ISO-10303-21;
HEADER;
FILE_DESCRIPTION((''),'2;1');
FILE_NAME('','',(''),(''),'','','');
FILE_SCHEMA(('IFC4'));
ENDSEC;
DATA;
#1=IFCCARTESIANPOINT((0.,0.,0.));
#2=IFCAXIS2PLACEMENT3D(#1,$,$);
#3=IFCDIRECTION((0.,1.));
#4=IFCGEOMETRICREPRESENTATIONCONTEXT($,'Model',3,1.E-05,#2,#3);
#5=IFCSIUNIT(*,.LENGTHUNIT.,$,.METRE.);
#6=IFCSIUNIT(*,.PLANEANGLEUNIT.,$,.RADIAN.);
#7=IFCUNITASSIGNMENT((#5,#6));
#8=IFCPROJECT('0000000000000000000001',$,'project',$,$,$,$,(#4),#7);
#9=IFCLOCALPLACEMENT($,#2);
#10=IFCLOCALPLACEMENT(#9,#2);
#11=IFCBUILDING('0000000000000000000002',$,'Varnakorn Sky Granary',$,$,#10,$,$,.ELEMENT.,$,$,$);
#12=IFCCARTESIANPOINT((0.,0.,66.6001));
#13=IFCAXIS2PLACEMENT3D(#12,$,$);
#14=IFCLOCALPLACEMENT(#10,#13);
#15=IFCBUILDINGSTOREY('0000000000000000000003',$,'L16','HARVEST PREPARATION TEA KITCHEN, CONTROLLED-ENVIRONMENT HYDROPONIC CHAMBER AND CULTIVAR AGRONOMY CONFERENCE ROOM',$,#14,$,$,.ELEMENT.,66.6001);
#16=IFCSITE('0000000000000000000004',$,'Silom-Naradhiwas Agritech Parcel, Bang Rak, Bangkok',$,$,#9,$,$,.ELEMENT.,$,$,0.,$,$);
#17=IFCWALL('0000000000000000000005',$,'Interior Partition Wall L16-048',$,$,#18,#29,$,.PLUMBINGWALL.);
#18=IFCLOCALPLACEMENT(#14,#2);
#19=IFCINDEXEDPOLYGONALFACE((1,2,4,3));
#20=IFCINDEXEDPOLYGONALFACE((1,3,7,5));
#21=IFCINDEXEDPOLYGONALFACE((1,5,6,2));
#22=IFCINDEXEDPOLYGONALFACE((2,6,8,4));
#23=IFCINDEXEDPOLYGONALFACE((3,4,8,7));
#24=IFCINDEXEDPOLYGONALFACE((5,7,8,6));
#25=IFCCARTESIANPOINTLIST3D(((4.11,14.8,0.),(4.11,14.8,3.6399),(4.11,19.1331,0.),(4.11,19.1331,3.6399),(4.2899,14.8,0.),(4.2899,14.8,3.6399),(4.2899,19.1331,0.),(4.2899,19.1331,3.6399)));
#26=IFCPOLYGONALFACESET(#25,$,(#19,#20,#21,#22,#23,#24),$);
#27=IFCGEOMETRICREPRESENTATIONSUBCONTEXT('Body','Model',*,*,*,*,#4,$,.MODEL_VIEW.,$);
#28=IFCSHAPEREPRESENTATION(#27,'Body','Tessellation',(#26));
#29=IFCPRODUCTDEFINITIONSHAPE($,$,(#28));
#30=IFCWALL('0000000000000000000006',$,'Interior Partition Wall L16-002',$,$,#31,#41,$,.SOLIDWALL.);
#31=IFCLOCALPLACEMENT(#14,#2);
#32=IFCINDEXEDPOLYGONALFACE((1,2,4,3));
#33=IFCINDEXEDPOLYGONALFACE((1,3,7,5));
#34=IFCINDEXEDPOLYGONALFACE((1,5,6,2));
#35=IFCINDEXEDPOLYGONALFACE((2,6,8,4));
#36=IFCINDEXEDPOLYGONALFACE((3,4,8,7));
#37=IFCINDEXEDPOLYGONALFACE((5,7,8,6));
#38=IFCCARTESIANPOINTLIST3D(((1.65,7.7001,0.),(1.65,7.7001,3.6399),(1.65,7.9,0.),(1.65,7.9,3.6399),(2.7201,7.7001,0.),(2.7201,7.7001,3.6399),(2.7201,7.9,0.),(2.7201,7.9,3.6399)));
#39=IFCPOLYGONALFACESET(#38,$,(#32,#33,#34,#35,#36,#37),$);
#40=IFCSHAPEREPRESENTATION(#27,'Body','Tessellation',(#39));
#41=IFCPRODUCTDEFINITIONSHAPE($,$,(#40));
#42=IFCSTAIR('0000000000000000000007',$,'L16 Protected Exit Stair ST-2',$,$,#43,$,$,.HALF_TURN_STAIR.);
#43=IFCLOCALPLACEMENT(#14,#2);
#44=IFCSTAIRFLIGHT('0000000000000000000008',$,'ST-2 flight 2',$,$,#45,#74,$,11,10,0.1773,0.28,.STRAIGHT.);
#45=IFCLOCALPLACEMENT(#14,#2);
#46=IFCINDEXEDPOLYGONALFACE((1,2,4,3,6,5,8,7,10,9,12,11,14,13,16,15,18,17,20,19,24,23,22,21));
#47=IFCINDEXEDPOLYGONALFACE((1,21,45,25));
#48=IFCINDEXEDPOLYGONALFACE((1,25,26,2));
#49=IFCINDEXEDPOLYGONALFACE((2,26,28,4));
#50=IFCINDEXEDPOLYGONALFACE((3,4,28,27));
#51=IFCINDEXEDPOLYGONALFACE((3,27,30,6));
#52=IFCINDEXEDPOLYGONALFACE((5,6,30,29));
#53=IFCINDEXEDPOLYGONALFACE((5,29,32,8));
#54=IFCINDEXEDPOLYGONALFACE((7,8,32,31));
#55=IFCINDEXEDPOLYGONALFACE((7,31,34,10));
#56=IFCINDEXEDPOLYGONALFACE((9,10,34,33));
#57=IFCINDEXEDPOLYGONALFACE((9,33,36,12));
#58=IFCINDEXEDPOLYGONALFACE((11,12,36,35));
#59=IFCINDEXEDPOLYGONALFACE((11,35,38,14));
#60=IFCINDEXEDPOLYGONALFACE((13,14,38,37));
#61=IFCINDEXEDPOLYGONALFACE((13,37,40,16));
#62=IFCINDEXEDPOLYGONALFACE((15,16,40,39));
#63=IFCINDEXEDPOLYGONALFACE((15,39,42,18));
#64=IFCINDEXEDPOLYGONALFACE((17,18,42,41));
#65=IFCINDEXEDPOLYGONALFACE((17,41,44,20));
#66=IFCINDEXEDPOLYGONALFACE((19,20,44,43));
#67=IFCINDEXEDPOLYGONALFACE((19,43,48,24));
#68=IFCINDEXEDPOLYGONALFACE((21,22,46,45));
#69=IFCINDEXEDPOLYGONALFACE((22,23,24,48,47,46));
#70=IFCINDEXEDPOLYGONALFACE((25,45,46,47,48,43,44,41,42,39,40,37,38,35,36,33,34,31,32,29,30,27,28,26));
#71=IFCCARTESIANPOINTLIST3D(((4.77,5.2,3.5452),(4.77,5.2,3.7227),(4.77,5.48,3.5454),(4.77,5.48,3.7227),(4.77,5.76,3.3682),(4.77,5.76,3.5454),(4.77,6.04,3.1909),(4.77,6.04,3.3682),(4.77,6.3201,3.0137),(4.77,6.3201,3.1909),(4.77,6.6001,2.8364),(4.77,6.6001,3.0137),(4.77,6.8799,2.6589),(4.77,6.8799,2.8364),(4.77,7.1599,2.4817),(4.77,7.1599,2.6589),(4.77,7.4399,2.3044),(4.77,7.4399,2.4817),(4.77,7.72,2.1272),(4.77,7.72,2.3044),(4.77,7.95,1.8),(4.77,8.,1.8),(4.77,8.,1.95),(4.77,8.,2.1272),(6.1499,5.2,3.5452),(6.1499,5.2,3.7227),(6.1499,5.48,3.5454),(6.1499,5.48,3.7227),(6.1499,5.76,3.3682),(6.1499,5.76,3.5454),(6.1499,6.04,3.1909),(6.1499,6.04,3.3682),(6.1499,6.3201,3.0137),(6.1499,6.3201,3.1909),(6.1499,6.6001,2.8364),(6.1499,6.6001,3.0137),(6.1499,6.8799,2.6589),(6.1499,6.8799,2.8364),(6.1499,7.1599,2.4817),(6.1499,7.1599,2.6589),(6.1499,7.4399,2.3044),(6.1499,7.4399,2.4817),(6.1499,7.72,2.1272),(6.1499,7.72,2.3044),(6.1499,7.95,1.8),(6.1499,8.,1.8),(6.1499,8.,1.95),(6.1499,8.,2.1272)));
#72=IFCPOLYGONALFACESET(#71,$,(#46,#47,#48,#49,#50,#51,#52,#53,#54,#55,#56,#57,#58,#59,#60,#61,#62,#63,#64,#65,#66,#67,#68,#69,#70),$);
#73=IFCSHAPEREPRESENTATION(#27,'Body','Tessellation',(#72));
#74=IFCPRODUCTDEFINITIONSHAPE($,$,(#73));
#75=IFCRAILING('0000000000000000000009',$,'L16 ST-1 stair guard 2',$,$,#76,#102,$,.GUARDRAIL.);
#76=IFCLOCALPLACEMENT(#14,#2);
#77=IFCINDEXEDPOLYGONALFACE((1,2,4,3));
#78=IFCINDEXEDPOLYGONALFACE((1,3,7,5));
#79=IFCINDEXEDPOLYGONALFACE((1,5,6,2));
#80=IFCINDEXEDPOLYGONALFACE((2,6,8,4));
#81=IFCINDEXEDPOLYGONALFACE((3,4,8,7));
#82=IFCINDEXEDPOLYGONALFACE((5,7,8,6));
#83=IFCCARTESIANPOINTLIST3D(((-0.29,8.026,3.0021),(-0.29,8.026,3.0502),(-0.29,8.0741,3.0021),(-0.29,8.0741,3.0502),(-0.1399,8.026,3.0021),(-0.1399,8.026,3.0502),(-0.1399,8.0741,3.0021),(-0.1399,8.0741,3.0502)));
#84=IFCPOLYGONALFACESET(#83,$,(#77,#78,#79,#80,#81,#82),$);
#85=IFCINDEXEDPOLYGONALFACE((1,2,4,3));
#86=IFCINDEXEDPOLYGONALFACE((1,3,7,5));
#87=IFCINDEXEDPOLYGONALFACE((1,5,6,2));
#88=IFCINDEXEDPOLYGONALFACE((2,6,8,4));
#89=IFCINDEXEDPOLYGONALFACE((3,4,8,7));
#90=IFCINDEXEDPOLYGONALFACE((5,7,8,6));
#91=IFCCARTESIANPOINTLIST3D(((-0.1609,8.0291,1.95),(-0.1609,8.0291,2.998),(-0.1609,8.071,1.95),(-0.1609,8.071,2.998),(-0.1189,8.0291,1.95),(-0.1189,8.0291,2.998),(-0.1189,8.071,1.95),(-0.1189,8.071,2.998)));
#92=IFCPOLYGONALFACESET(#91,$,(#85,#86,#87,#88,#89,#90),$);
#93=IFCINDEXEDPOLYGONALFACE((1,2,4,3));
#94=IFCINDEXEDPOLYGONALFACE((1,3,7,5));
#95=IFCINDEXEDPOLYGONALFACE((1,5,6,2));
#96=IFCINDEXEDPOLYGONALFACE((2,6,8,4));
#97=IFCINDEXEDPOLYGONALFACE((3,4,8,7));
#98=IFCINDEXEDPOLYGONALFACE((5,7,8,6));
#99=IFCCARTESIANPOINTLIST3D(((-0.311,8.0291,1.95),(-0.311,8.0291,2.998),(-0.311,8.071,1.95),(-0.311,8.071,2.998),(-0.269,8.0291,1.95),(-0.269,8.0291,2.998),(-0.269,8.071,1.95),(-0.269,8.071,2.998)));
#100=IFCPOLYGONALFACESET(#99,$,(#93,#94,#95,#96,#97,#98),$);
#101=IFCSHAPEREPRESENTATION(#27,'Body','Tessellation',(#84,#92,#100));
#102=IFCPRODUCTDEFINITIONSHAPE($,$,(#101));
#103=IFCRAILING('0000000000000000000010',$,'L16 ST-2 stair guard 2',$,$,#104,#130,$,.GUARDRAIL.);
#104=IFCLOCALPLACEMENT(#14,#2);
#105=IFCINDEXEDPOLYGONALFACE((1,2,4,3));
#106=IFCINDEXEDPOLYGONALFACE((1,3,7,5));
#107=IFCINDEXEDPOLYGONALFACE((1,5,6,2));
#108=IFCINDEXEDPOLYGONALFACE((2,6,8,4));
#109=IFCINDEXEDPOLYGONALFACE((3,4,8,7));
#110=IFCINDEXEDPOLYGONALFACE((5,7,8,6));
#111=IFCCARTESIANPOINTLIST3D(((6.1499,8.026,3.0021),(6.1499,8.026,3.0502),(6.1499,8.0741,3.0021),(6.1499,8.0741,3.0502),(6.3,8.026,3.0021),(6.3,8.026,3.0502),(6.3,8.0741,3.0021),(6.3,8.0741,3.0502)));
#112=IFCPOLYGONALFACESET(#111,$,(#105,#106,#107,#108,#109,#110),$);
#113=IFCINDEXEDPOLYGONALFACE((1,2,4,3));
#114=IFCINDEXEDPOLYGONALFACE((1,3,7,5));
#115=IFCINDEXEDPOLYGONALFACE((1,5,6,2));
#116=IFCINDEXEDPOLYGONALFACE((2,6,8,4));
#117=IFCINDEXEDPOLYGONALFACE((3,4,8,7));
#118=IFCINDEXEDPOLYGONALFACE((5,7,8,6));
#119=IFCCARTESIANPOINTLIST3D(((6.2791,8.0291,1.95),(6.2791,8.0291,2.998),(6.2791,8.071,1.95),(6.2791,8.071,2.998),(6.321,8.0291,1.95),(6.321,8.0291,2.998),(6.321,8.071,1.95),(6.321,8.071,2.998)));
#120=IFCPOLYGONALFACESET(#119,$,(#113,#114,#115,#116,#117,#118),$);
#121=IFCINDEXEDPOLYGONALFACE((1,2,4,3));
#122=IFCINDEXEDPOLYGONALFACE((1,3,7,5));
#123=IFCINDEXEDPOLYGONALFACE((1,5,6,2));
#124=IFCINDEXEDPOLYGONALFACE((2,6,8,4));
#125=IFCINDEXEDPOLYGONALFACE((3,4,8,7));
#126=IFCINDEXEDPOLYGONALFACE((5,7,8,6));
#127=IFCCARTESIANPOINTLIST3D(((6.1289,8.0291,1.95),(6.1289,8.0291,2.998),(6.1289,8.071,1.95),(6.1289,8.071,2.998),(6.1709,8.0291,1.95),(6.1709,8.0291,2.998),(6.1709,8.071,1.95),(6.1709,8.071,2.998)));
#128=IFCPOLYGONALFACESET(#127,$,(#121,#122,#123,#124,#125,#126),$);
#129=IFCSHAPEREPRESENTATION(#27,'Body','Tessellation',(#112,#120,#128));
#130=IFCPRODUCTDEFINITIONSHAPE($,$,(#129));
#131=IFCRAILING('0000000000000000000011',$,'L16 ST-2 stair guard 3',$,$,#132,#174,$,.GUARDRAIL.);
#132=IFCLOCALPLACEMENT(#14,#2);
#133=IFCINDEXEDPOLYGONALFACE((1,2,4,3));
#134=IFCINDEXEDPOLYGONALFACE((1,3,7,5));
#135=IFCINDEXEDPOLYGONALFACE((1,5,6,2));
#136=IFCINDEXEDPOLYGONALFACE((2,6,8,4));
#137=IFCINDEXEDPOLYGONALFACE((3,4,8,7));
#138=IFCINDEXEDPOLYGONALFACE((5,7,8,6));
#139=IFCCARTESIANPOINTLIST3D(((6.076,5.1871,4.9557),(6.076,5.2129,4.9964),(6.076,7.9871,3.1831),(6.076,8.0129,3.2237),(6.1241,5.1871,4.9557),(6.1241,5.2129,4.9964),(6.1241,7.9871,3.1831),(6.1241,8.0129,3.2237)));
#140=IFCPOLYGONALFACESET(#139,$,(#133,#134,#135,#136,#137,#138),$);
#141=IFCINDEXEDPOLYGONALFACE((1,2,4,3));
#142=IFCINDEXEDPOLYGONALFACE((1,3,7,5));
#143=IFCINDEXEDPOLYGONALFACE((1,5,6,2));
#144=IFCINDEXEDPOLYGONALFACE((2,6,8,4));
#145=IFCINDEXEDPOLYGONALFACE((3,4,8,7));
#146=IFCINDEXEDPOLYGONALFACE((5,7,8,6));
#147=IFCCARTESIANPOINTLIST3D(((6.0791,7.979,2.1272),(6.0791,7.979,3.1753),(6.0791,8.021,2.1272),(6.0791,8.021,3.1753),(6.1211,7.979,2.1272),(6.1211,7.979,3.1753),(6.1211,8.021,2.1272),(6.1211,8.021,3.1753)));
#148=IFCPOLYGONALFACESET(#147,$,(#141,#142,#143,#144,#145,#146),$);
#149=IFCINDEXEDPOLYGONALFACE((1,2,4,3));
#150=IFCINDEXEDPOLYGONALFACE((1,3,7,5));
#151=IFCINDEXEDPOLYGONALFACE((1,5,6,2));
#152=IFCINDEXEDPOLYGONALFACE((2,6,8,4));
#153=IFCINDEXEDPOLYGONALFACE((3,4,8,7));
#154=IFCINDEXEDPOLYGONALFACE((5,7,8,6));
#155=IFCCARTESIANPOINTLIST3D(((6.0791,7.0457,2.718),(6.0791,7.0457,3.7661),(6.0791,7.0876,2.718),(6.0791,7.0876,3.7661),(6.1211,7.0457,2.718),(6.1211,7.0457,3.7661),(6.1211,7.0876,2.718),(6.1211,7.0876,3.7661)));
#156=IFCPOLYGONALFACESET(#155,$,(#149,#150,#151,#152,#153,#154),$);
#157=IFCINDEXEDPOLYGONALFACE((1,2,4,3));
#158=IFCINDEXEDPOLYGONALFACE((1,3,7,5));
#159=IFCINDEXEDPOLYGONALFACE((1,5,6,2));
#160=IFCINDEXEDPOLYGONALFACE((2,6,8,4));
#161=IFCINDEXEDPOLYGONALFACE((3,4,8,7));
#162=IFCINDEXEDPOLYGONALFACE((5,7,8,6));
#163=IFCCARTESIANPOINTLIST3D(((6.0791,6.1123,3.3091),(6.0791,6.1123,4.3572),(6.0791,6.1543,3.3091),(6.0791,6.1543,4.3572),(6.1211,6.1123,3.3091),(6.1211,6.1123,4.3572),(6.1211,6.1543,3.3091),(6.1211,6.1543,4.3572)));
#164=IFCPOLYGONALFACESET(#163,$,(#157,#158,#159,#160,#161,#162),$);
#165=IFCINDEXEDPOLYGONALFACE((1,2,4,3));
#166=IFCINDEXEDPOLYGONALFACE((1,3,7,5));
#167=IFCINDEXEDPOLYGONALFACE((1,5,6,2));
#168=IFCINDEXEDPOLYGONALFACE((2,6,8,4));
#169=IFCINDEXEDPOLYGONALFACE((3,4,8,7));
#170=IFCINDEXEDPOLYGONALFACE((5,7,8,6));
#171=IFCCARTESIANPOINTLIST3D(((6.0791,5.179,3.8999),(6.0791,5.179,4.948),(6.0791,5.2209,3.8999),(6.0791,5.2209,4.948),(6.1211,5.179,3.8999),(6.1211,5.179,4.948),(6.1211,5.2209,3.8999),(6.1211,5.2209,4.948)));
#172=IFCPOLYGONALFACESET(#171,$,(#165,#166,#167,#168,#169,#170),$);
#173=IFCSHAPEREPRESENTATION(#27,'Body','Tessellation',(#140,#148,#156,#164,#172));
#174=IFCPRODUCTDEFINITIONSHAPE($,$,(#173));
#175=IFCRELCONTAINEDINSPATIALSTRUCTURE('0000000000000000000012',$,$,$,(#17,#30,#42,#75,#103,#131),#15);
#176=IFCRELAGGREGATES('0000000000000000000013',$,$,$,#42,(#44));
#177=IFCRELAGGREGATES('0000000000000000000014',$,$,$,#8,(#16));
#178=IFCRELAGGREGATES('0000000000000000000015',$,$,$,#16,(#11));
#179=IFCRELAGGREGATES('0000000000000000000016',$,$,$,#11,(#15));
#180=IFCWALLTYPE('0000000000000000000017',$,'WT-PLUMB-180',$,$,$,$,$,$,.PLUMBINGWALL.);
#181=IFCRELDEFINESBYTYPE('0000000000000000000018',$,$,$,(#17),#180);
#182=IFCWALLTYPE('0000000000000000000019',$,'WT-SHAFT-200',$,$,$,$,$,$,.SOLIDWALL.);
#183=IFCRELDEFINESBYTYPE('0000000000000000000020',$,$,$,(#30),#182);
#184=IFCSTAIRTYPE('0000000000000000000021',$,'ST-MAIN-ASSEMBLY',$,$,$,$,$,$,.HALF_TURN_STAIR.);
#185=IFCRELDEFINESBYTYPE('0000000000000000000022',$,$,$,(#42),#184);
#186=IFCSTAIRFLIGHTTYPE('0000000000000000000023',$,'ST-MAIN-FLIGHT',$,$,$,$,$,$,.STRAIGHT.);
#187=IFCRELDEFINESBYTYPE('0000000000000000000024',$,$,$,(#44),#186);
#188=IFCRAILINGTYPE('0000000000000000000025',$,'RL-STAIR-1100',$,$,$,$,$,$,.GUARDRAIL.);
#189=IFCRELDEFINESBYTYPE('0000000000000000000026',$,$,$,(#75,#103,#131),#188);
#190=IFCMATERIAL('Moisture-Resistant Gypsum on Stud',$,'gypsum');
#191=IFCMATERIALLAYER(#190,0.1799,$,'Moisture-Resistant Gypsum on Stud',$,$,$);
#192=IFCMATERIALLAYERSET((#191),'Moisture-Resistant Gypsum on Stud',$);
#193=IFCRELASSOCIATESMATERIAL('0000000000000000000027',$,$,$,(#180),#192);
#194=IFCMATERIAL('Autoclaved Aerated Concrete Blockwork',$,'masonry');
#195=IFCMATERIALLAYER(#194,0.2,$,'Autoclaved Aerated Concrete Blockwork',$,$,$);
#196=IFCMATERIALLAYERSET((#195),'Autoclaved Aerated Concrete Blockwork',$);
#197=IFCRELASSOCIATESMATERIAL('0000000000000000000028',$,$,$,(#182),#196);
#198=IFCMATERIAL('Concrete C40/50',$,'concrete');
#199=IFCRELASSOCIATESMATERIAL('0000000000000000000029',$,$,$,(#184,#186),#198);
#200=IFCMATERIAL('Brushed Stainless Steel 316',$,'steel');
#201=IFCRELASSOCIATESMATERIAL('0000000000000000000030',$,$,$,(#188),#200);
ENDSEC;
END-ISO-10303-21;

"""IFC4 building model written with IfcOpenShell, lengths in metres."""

from ifc_helpers import new_model, si_unit, direction, frame, frame_2d, origin, origin_2d, place, context, subcontext, project, spatial, polyline, rectangle, outline, extrude, material, layer, layer_set, type_object, element, aggregate, save


model = new_model("IFC4")

# Units and contexts
model_context = context("Model", 3, precision=1e-05, world=origin(), true_north=direction((0.0, 1.0)))
body_context = subcontext(model_context, "Body", "Model", "MODEL_VIEW")
ifc_project = project(units=[si_unit("LENGTHUNIT", "METRE"), si_unit("PLANEANGLEUNIT", "RADIAN")], contexts=[model_context])

# Site, building, storey
site_placement = place(None, origin())
site = spatial("IfcSite", under=ifc_project, at=site_placement, Name="Silom-Naradhiwas Agritech Parcel, Bang Rak, Bangkok", CompositionType="ELEMENT", RefElevation=0.0)
building_placement = place(site_placement, origin())
building = spatial("IfcBuilding", under=site, at=building_placement, Name="Varnakorn Sky Granary", CompositionType="ELEMENT")
storey_placement = place(building_placement, frame((0.0, 0.0, 66.6001)))
storey = spatial("IfcBuildingStorey", under=building, at=storey_placement, Name="L16", Description="HARVEST PREPARATION TEA KITCHEN, CONTROLLED-ENVIRONMENT HYDROPONIC CHAMBER AND CULTIVAR AGRONOMY CONFERENCE ROOM", CompositionType="ELEMENT", Elevation=66.6001)

# Shared definitions
ifc_material_1 = material(Name="Autoclaved Aerated Concrete Blockwork", Category="masonry")

# Shared definitions
ifc_material_2 = material(Name="Moisture-Resistant Gypsum on Stud", Category="gypsum")
ifc_layer_1 = layer(ifc_material_2, 0.1799, Name="Moisture-Resistant Gypsum on Stud")
ifc_layer_set_1 = layer_set([ifc_layer_1], Name="Moisture-Resistant Gypsum on Stud")
wall_type_1 = type_object("IfcWallType", Name="WT-PLUMB-180", PredefinedType="PLUMBINGWALL", material=ifc_layer_set_1)

# Walls
wall_1_placement = place(storey_placement, frame((4.2, 19.1331, 0.0), z_axis=(0.0, 0.0, 1.0), x_axis=(0.0, -1.0, 0.0)))
element("IfcWall", 1, at=wall_1_placement, inside=storey, type_object=wall_type_1, Name="Interior Partition Wall L16-048", PredefinedType="PLUMBINGWALL", context=body_context, shape_type="SweptSolid", body=[
    extrude(rectangle(XDim=4.333, YDim=0.1799, at=frame_2d((2.1665, 0.0))), origin(), (0.0, 0.0, 1.0), 3.6399),
])
ifc_layer_2 = layer(ifc_material_1, 0.2, Name="Autoclaved Aerated Concrete Blockwork")
ifc_layer_set_2 = layer_set([ifc_layer_2], Name="Autoclaved Aerated Concrete Blockwork")
wall_type_2 = type_object("IfcWallType", Name="WT-SHAFT-200", PredefinedType="SOLIDWALL", material=ifc_layer_set_2)
wall_2_placement = place(storey_placement, frame((1.6499, 7.8, 0.0), z_axis=(0.0, 0.0, 1.0), x_axis=(1.0, 0.0, 0.0)))
element("IfcWall", 2, at=wall_2_placement, inside=storey, type_object=wall_type_2, Name="Interior Partition Wall L16-002", PredefinedType="SOLIDWALL", context=body_context, shape_type="SweptSolid", body=[
    extrude(rectangle(XDim=1.0701, YDim=0.2, at=frame_2d((0.5352, 0.0))), origin(), (0.0, 0.0, 1.0), 3.6399),
])

# Stair, stair flight
ifc_material_3 = material(Name="Concrete C40/50", Category="concrete")
stair_type = type_object("IfcStairType", Name="ST-MAIN-ASSEMBLY", PredefinedType="HALF_TURN_STAIR", material=ifc_material_3)
stair_placement = place(storey_placement, origin())
stair = element("IfcStair", 3, at=stair_placement, inside=storey, type_object=stair_type, Name="L16 Protected Exit Stair ST-2", PredefinedType="HALF_TURN_STAIR")
stair_flight_type = type_object("IfcStairFlightType", Name="ST-MAIN-FLIGHT", PredefinedType="STRAIGHT", material=ifc_material_3)
stair_flight_placement = place(storey_placement, frame((5.46, 8.0, 1.95), z_axis=(0.0, 0.0, 1.0), x_axis=(0.0, -1.0, 0.0)))
stair_flight = element("IfcStairFlight", 4, at=stair_flight_placement, type_object=stair_flight_type, Name="ST-2 flight 2", NumberOfRisers=11, NumberOfTreads=10, PredefinedType="STRAIGHT", RiserHeight=0.1773, TreadLength=0.28, context=body_context, shape_type="SweptSolid", body=[
    extrude(outline(polyline([(0.0, -0.1499), (0.0, 0.0), (0.0, 0.1772), (0.28, 0.1772), (0.28, 0.3545), (0.5601, 0.3545), (0.5601, 0.5317), (0.8401, 0.5317), (0.8401, 0.709), (1.1201, 0.709), (1.1201, 0.8865), (1.3999, 0.8865), (1.3999, 1.0637), (1.6799, 1.0637), (1.6799, 1.241), (1.96, 1.241), (1.96, 1.4182), (2.24, 1.4182), (2.24, 1.5955), (2.52, 1.5955), (2.52, 1.7727), (2.8, 1.7727), (2.8, 1.95), (2.8, 1.5952), (0.05, -0.1499), (0.0, -0.1499)])), frame((0.0, 0.6899, 0.0), z_axis=(0.0, -1.0, 0.0), x_axis=(1.0, 0.0, 0.0)), (0.0, 0.0, 1.0), 1.3799),
])
aggregate(stair, [stair_flight])

# Railings
ifc_material_4 = material(Name="Brushed Stainless Steel 316", Category="steel")
railing_type_1 = type_object("IfcRailingType", Name="RL-STAIR-1100", PredefinedType="GUARDRAIL", material=ifc_material_4)
for number, where, name in (
    (5, (-0.1399, 8.05, 1.95), "L16 ST-1 stair guard 2"),
    (6, (6.3, 8.05, 1.95), "L16 ST-2 stair guard 2"),
):
    element("IfcRailing", number, at=place(storey_placement, frame(where)), inside=storey, type_object=railing_type_1, Name=name, PredefinedType="GUARDRAIL", context=body_context, shape_type="SweptSolid", body=[
        extrude(rectangle(XDim=0.0481, YDim=0.0481, at=origin_2d()), frame((0.0, 0.0, 1.0762), z_axis=(-1.0, 0.0, 0.0), x_axis=(0.0, -1.0, 0.0)), (0.0, 0.0, 1.0), 0.1501),
        extrude(rectangle(XDim=0.042, YDim=0.042, at=origin_2d()), origin(), (0.0, 0.0, 1.0), 1.0481),
        extrude(rectangle(XDim=0.042, YDim=0.042, at=origin_2d()), frame((-0.1501, 0.0, 0.0)), (0.0, 0.0, 1.0), 1.0481),
    ])
railing_1_placement = place(storey_placement, frame((6.1001, 8.0, 2.1272)))
element("IfcRailing", 7, at=railing_1_placement, inside=storey, type_object=railing_type_1, Name="L16 ST-2 stair guard 3", PredefinedType="GUARDRAIL", context=body_context, shape_type="SweptSolid", body=[
    extrude(rectangle(XDim=0.0481, YDim=0.0481, at=origin_2d()), frame((0.0, 0.0, 1.0762), z_axis=(0.0, -0.844909, 0.53491), x_axis=(1.0, 0.0, 0.0)), (0.0, 0.0, 1.0), 3.314),
    extrude(rectangle(XDim=0.042, YDim=0.042, at=origin_2d()), origin(), (0.0, 0.0, 1.0), 1.0481),
    extrude(rectangle(XDim=0.042, YDim=0.042, at=origin_2d()), frame((0.0, -0.9333, 0.5908)), (0.0, 0.0, 1.0), 1.0481),
    extrude(rectangle(XDim=0.042, YDim=0.042, at=origin_2d()), frame((0.0, -1.8667, 1.1819)), (0.0, 0.0, 1.0), 1.0481),
    extrude(rectangle(XDim=0.042, YDim=0.042, at=origin_2d()), frame((0.0, -2.8, 1.7727)), (0.0, 0.0, 1.0), 1.0481),
])

save(model, "model.ifc")
